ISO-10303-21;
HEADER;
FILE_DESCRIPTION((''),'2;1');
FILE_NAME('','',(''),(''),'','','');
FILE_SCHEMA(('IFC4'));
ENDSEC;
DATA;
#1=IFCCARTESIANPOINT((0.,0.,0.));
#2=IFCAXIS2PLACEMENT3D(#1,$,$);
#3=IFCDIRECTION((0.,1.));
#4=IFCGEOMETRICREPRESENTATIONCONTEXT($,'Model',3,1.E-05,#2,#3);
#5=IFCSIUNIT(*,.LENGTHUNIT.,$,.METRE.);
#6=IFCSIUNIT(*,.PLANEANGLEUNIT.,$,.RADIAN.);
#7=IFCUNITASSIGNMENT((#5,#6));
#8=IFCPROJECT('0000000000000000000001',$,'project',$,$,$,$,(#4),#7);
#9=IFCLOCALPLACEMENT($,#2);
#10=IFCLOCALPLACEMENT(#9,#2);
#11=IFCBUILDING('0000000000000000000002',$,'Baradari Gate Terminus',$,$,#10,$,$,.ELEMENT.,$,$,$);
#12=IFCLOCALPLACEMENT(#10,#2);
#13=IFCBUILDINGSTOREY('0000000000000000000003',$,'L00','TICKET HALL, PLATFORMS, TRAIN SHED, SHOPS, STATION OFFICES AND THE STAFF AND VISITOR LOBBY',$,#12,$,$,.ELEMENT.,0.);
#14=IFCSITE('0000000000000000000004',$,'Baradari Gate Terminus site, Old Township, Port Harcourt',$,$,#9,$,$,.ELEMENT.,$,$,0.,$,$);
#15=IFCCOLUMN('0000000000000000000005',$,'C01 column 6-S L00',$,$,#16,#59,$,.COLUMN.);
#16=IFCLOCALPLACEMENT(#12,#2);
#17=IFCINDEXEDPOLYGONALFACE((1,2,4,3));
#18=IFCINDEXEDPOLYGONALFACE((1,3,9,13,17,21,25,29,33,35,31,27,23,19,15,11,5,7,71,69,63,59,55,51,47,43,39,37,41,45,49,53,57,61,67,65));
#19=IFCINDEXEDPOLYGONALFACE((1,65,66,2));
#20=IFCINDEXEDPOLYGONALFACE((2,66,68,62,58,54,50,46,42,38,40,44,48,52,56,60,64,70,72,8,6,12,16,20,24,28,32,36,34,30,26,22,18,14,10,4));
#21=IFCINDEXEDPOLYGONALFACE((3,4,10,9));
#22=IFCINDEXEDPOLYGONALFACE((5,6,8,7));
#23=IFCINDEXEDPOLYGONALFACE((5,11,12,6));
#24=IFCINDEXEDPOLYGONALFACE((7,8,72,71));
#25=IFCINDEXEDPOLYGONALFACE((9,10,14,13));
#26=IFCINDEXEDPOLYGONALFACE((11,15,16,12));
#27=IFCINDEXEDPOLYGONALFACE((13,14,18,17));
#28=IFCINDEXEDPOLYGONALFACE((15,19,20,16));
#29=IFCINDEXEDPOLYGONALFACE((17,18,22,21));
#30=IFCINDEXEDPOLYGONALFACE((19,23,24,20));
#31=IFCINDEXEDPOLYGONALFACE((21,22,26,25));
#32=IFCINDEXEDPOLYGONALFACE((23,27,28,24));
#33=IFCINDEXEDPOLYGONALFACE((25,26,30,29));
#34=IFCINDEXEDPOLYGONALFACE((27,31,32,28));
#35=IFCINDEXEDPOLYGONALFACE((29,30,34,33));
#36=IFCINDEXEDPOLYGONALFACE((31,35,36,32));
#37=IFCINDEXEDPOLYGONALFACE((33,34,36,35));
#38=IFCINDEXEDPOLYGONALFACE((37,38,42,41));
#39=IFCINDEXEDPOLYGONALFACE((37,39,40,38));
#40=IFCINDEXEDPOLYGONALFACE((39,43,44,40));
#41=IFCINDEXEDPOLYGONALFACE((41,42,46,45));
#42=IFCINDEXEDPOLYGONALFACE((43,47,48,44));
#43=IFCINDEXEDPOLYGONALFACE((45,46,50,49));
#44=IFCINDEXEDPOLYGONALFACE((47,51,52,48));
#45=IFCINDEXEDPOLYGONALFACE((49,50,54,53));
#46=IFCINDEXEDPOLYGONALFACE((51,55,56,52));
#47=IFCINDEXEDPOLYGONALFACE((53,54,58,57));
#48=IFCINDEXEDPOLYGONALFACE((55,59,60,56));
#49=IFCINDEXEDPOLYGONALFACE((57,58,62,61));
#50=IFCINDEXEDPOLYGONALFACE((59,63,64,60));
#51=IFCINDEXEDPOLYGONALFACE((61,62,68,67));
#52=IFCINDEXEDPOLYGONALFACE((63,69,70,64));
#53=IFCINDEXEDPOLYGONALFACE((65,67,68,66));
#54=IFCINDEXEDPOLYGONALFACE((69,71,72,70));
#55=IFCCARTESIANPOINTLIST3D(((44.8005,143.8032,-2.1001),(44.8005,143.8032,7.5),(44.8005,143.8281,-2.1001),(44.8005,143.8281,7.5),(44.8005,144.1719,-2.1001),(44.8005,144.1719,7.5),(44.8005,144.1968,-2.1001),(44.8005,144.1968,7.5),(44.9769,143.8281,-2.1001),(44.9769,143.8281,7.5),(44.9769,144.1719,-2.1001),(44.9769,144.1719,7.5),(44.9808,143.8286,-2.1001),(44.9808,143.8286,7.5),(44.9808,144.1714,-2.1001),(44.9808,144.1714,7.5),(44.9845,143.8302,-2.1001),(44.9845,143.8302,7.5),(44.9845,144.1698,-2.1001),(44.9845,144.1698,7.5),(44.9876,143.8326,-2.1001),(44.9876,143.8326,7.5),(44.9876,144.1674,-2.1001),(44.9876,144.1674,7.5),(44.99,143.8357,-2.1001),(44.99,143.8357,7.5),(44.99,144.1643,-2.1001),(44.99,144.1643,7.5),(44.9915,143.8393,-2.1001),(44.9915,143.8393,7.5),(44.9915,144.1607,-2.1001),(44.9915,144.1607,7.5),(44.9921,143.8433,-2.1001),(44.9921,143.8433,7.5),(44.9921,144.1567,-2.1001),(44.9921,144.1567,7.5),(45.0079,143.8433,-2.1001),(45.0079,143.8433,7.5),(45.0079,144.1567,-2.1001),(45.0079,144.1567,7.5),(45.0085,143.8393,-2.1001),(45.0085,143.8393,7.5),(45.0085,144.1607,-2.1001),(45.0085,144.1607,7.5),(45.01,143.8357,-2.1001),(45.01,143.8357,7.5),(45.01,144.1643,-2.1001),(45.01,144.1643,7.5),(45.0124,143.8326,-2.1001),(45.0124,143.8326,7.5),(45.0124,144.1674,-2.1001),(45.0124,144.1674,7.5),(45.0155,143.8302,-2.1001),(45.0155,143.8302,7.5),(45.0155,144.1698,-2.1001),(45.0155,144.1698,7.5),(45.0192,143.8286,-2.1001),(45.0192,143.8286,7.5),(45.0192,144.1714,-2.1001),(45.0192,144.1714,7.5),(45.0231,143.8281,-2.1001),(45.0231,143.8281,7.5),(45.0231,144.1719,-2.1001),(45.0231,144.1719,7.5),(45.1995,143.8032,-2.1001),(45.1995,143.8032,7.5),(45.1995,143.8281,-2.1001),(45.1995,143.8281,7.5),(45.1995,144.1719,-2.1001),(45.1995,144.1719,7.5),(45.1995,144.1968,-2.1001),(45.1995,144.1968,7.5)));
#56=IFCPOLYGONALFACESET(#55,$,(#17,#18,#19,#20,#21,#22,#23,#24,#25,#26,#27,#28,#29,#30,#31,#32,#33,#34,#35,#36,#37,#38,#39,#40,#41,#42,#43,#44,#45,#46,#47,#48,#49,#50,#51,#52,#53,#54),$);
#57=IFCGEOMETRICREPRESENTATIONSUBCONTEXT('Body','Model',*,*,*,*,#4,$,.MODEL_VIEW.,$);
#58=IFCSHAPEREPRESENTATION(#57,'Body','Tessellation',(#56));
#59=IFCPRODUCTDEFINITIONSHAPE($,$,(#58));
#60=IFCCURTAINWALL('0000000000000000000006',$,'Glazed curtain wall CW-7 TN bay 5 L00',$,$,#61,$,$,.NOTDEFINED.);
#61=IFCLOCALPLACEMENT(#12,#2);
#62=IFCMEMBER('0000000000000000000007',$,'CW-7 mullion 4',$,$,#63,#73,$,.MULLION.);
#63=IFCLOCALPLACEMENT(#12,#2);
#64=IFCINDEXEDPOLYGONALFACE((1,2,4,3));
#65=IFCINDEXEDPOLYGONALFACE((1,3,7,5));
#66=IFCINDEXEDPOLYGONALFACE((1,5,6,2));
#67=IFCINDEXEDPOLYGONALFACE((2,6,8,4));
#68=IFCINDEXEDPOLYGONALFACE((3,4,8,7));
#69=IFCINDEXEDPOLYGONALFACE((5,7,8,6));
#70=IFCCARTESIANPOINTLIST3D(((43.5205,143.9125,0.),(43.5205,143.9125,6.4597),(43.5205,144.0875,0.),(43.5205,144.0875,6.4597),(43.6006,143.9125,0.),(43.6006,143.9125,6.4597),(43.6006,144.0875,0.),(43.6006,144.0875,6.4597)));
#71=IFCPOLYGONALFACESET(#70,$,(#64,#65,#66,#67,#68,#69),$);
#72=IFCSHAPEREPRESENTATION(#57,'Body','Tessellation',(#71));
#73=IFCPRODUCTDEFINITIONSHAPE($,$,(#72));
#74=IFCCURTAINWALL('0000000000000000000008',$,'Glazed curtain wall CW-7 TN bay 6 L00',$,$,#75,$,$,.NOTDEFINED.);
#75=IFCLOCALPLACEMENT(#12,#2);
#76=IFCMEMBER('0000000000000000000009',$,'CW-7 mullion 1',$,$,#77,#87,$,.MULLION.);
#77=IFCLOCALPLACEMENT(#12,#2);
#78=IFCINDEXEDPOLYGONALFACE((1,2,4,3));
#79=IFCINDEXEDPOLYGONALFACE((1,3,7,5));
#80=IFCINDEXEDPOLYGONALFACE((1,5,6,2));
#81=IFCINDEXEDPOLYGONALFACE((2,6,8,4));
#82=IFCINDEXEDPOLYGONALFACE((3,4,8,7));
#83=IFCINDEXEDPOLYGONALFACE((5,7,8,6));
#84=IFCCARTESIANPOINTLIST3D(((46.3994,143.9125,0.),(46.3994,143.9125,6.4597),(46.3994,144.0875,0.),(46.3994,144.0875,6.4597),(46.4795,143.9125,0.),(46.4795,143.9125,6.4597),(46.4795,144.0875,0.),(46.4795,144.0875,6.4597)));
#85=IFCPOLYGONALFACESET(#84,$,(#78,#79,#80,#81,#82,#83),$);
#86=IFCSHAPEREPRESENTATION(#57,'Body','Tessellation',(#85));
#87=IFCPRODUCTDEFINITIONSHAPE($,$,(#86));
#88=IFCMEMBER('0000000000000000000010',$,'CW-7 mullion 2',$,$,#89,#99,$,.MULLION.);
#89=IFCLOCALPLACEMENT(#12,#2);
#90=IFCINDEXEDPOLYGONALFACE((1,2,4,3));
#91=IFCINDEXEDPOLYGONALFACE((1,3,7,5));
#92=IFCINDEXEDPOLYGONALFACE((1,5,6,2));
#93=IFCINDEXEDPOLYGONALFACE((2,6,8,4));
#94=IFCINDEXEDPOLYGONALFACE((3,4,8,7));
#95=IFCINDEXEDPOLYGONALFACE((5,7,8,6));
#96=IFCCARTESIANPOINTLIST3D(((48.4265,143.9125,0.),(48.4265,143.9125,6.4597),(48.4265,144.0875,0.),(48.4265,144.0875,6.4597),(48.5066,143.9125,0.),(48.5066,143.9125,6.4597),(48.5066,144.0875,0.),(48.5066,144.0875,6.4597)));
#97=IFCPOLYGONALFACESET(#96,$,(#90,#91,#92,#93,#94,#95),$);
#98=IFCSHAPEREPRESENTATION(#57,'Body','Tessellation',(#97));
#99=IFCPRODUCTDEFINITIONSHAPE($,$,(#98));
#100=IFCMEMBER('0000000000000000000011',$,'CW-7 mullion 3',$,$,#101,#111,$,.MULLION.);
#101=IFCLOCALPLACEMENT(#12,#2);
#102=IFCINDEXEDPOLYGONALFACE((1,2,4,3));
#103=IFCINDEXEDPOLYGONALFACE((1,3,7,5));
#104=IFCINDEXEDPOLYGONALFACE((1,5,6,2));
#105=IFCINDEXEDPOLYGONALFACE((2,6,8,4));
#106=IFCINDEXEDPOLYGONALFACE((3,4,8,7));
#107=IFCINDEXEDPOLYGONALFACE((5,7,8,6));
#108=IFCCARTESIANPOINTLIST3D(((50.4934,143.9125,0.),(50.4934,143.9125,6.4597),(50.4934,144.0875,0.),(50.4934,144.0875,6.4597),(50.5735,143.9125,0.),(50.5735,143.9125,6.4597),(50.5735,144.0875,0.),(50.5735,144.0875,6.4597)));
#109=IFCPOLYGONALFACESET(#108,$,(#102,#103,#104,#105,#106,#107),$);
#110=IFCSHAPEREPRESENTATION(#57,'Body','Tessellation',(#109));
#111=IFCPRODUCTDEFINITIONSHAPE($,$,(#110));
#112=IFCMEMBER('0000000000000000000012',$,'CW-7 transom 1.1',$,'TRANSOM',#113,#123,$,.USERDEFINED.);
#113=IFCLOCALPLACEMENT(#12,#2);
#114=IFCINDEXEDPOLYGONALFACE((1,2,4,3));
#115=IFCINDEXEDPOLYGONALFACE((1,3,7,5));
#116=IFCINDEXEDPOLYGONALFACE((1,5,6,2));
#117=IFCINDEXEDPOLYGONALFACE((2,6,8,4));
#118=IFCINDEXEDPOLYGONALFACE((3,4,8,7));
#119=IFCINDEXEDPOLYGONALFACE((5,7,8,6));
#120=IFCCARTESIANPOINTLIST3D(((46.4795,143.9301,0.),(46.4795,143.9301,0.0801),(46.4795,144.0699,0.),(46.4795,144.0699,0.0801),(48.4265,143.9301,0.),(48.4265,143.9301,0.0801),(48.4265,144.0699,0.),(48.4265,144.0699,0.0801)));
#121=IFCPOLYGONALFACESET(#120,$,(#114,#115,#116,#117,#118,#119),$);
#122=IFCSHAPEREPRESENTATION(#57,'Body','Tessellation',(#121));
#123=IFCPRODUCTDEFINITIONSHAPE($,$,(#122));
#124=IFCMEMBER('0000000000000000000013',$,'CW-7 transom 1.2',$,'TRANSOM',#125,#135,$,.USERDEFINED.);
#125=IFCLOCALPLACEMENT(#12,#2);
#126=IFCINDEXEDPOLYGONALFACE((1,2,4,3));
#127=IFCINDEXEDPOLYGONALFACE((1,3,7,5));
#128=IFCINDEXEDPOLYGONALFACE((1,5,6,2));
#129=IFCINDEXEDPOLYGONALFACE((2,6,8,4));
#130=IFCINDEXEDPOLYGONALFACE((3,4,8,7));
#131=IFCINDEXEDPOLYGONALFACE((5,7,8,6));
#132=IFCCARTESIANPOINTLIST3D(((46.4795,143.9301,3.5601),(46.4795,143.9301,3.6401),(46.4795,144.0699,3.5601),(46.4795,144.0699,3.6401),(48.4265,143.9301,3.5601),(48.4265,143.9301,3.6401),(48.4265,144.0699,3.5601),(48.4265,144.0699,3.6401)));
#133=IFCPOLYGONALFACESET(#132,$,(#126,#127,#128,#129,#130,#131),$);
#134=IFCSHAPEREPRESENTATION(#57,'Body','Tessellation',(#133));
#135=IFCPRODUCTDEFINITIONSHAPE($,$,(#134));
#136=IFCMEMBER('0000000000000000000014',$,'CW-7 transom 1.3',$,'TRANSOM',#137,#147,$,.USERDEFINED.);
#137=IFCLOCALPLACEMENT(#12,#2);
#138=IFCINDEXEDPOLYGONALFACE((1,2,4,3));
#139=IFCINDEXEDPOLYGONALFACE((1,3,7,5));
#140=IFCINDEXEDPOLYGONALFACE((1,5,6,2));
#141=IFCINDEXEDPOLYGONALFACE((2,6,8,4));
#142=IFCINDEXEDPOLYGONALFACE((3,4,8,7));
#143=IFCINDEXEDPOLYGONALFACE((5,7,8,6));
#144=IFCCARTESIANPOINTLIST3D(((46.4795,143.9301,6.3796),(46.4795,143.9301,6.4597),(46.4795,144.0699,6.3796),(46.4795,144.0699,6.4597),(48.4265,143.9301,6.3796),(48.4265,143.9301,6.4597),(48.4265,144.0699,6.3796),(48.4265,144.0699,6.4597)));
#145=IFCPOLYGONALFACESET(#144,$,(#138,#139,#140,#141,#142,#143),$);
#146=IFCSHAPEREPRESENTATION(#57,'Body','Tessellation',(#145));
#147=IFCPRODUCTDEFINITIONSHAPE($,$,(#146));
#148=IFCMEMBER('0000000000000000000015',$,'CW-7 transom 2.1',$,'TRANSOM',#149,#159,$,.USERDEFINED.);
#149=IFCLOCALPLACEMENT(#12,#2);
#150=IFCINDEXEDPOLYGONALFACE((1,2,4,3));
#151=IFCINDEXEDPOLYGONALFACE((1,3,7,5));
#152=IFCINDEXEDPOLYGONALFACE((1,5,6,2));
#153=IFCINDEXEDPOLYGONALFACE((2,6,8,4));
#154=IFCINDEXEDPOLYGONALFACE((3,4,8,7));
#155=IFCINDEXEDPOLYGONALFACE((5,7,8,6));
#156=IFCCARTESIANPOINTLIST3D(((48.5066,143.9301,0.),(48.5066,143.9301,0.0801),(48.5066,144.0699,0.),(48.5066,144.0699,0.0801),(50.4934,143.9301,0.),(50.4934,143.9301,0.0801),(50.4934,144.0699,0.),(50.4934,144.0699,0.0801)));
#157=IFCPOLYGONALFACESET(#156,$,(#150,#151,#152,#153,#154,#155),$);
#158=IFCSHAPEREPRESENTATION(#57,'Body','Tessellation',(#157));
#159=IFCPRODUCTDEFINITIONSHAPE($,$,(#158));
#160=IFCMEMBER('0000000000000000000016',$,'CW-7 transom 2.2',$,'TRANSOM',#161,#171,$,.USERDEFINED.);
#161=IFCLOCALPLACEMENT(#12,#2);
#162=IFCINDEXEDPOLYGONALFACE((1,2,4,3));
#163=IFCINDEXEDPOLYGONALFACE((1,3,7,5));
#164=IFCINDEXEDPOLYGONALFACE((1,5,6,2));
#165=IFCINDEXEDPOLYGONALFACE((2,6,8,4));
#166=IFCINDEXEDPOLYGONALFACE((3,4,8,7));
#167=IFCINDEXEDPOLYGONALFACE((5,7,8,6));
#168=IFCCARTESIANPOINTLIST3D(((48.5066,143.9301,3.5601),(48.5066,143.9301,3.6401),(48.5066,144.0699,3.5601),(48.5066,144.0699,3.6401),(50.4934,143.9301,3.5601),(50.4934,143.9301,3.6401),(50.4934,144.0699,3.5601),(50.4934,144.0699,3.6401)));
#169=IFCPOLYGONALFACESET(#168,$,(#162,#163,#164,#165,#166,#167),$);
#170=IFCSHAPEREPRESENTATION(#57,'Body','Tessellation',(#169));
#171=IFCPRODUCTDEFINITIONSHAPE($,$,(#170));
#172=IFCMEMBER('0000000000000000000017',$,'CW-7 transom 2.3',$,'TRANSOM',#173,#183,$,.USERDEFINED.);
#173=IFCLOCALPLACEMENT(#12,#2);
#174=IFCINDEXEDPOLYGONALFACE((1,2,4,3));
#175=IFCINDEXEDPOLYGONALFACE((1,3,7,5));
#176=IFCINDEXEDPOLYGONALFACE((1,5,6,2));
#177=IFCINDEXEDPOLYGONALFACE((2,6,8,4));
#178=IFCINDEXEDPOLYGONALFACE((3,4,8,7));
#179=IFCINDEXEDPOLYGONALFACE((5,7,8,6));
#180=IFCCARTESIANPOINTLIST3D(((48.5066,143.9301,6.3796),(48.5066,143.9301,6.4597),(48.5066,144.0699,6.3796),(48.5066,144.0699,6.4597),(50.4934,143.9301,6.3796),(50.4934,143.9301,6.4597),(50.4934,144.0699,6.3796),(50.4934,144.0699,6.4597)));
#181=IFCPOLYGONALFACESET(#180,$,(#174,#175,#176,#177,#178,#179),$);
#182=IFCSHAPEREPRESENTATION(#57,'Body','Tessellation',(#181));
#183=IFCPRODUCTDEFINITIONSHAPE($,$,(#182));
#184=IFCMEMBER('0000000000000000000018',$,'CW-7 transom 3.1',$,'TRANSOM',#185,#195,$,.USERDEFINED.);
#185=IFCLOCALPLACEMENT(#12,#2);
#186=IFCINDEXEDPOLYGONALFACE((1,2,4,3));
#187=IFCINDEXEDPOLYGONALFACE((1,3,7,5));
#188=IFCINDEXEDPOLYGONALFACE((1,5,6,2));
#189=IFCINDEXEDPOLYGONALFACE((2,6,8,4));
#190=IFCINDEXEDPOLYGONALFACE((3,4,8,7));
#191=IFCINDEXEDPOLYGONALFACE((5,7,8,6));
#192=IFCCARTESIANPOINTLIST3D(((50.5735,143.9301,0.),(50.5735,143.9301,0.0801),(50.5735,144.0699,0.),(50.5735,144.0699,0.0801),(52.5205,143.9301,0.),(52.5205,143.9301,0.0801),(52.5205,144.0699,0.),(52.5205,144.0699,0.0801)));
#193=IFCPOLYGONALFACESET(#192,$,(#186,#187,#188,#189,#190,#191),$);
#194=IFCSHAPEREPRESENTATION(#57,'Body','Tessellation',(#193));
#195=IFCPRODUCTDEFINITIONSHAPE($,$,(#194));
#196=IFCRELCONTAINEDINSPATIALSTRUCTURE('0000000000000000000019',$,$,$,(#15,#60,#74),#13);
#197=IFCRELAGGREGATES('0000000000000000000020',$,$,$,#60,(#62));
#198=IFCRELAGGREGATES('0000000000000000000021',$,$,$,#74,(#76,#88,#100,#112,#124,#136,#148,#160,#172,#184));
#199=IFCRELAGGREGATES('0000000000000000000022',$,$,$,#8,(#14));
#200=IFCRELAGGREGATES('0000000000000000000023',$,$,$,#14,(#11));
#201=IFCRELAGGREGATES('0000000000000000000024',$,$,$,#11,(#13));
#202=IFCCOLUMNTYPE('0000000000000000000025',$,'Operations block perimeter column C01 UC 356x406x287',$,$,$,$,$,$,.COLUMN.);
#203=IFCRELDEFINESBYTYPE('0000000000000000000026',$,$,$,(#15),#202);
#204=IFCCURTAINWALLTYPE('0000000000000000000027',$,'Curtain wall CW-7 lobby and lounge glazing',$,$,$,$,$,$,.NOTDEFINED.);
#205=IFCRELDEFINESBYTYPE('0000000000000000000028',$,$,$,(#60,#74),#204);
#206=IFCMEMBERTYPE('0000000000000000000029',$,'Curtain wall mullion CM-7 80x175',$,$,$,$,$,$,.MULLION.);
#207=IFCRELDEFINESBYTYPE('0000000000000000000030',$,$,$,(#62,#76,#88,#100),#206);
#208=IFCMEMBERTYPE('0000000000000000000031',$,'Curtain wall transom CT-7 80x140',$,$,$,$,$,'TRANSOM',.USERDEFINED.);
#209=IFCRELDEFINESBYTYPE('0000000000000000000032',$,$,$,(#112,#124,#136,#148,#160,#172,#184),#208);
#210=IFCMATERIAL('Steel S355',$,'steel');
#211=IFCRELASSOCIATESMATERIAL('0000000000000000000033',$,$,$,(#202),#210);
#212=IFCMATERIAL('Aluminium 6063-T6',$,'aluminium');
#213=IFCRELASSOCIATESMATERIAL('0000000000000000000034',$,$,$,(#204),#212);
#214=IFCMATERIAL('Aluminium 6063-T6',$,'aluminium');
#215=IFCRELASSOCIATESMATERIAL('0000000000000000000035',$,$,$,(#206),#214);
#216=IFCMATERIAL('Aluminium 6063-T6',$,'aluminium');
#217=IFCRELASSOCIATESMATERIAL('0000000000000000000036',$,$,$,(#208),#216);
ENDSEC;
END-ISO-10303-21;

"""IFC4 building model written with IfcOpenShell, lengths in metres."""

from ifc_helpers import new_model, si_unit, direction, frame, origin, origin_2d, place, context, subcontext, project, spatial, rectangle, i_section, extrude, material, material_profile, profile_set, type_object, element, aggregate, save


model = new_model("IFC4")

# Units and contexts
model_context = context("Model", 3, precision=1e-05, world=origin(), true_north=direction((0.0, 1.0)))
body_context = subcontext(model_context, "Body", "Model", "MODEL_VIEW")
ifc_project = project(units=[si_unit("LENGTHUNIT", "METRE"), si_unit("PLANEANGLEUNIT", "RADIAN")], contexts=[model_context])

# Site, building, storey
site_placement = place(None, origin())
site = spatial("IfcSite", under=ifc_project, at=site_placement, Name="Baradari Gate Terminus site, Old Township, Port Harcourt", CompositionType="ELEMENT", RefElevation=0.0)
building_placement = place(site_placement, origin())
building = spatial("IfcBuilding", under=site, at=building_placement, Name="Baradari Gate Terminus", CompositionType="ELEMENT")
storey_placement = place(building_placement, origin())
storey = spatial("IfcBuildingStorey", under=building, at=storey_placement, Name="L00", Description="TICKET HALL, PLATFORMS, TRAIN SHED, SHOPS, STATION OFFICES AND THE STAFF AND VISITOR LOBBY", CompositionType="ELEMENT", Elevation=0.0)

# Column
ifc_material_1 = material(Name="Steel S355", Category="steel")
ifc_material_profile_1 = material_profile(ifc_material_1, i_section(OverallWidth=0.3989, OverallDepth=0.3936, WebThickness=0.0159, FlangeThickness=0.0249, FilletRadius=0.0151, at=origin_2d()), Name="UC 356x406x287")
ifc_profile_set_1 = profile_set([ifc_material_profile_1], Name="Steel S355")
column_type = type_object("IfcColumnType", Name="Operations block perimeter column C01 UC 356x406x287", PredefinedType="COLUMN", material=ifc_profile_set_1)
column_placement = place(storey_placement, frame((45.0, 144.0, -2.1001), z_axis=(0.0, 0.0, 1.0), x_axis=(1.0, 0.0, 0.0)))
element("IfcColumn", 1, at=column_placement, inside=storey, type_object=column_type, Name="C01 column 6-S L00", PredefinedType="COLUMN", context=body_context, shape_type="SweptSolid", body=[
    extrude(i_section(OverallWidth=0.3989, OverallDepth=0.3936, WebThickness=0.0159, FlangeThickness=0.0249, FilletRadius=0.0151, at=origin_2d()), origin(), (0.0, 0.0, 1.0), 9.6001),
])

# Curtain wall, member
ifc_material_2 = material(Name="Aluminium 6063-T6", Category="aluminium")
curtain_wall_type = type_object("IfcCurtainWallType", Name="Curtain wall CW-7 lobby and lounge glazing", PredefinedType="NOTDEFINED", material=ifc_material_2)
curtain_wall_1_placement = place(storey_placement, origin())
curtain_wall_1 = element("IfcCurtainWall", 2, at=curtain_wall_1_placement, inside=storey, type_object=curtain_wall_type, Name="Glazed curtain wall CW-7 TN bay 5 L00", PredefinedType="NOTDEFINED")
ifc_material_3 = material(Name="Aluminium 6063-T6", Category="aluminium")
ifc_material_profile_2 = material_profile(ifc_material_3, rectangle(XDim=0.175, YDim=0.0801, at=origin_2d()), Name="CM-7 80X175")
ifc_profile_set_2 = profile_set([ifc_material_profile_2], Name="Aluminium 6063-T6")
member_type_1 = type_object("IfcMemberType", Name="Curtain wall mullion CM-7 80x175", PredefinedType="MULLION", material=ifc_profile_set_2)
member_1_placement = place(storey_placement, frame((43.5605, 144.0, 0.0), z_axis=(0.0, 0.0, 1.0), x_axis=(0.0, 1.0, 0.0)))
member_1 = element("IfcMember", 3, at=member_1_placement, type_object=member_type_1, Name="CW-7 mullion 4", PredefinedType="MULLION", context=body_context, shape_type="SweptSolid", body=[
    extrude(rectangle(XDim=0.175, YDim=0.0801, at=origin_2d()), origin(), (0.0, 0.0, 1.0), 6.4597),
])
aggregate(curtain_wall_1, [member_1])

# Curtain wall, members
curtain_wall_2_placement = place(storey_placement, origin())
curtain_wall_2 = element("IfcCurtainWall", 4, at=curtain_wall_2_placement, inside=storey, type_object=curtain_wall_type, Name="Glazed curtain wall CW-7 TN bay 6 L00", PredefinedType="NOTDEFINED")
member_2_placement = place(storey_placement, frame((46.4395, 144.0, 0.0), z_axis=(0.0, 0.0, 1.0), x_axis=(0.0, 1.0, 0.0)))
member_2 = element("IfcMember", 5, at=member_2_placement, type_object=member_type_1, Name="CW-7 mullion 1", PredefinedType="MULLION", context=body_context, shape_type="SweptSolid", body=[
    extrude(rectangle(XDim=0.175, YDim=0.0801, at=origin_2d()), origin(), (0.0, 0.0, 1.0), 6.4597),
])
member_3_placement = place(storey_placement, frame((48.4666, 144.0, 0.0), z_axis=(0.0, 0.0, 1.0), x_axis=(0.0, 1.0, 0.0)))
member_3 = element("IfcMember", 6, at=member_3_placement, type_object=member_type_1, Name="CW-7 mullion 2", PredefinedType="MULLION", context=body_context, shape_type="SweptSolid", body=[
    extrude(rectangle(XDim=0.175, YDim=0.0801, at=origin_2d()), origin(), (0.0, 0.0, 1.0), 6.4597),
])
member_4_placement = place(storey_placement, frame((50.5334, 144.0, 0.0), z_axis=(0.0, 0.0, 1.0), x_axis=(0.0, 1.0, 0.0)))
member_4 = element("IfcMember", 7, at=member_4_placement, type_object=member_type_1, Name="CW-7 mullion 3", PredefinedType="MULLION", context=body_context, shape_type="SweptSolid", body=[
    extrude(rectangle(XDim=0.175, YDim=0.0801, at=origin_2d()), origin(), (0.0, 0.0, 1.0), 6.4597),
])
ifc_material_4 = material(Name="Aluminium 6063-T6", Category="aluminium")
ifc_material_profile_3 = material_profile(ifc_material_4, rectangle(XDim=0.1399, YDim=0.0801, at=origin_2d()), Name="CT-7 80X140")
ifc_profile_set_3 = profile_set([ifc_material_profile_3], Name="Aluminium 6063-T6")
member_type_2 = type_object("IfcMemberType", Name="Curtain wall transom CT-7 80x140", ElementType="TRANSOM", PredefinedType="USERDEFINED", material=ifc_profile_set_3)
member_5_placement = place(storey_placement, frame((46.4795, 144.0, 0.04), z_axis=(1.0, 0.0, 0.0), x_axis=(0.0, 1.0, 0.0)))
member_5 = element("IfcMember", 8, at=member_5_placement, type_object=member_type_2, Name="CW-7 transom 1.1", ObjectType="TRANSOM", PredefinedType="USERDEFINED", context=body_context, shape_type="SweptSolid", body=[
    extrude(rectangle(XDim=0.1399, YDim=0.0801, at=origin_2d()), origin(), (0.0, 0.0, 1.0), 1.947),
])
member_6_placement = place(storey_placement, frame((46.4795, 144.0, 3.6001), z_axis=(1.0, 0.0, 0.0), x_axis=(0.0, 1.0, 0.0)))
member_6 = element("IfcMember", 9, at=member_6_placement, type_object=member_type_2, Name="CW-7 transom 1.2", ObjectType="TRANSOM", PredefinedType="USERDEFINED", context=body_context, shape_type="SweptSolid", body=[
    extrude(rectangle(XDim=0.1399, YDim=0.0801, at=origin_2d()), origin(), (0.0, 0.0, 1.0), 1.947),
])
member_7_placement = place(storey_placement, frame((46.4795, 144.0, 6.4197), z_axis=(1.0, 0.0, 0.0), x_axis=(0.0, 1.0, 0.0)))
member_7 = element("IfcMember", 10, at=member_7_placement, type_object=member_type_2, Name="CW-7 transom 1.3", ObjectType="TRANSOM", PredefinedType="USERDEFINED", context=body_context, shape_type="SweptSolid", body=[
    extrude(rectangle(XDim=0.1399, YDim=0.0801, at=origin_2d()), origin(), (0.0, 0.0, 1.0), 1.947),
])
member_8_placement = place(storey_placement, frame((48.5066, 144.0, 0.04), z_axis=(1.0, 0.0, 0.0), x_axis=(0.0, 1.0, 0.0)))
member_8 = element("IfcMember", 11, at=member_8_placement, type_object=member_type_2, Name="CW-7 transom 2.1", ObjectType="TRANSOM", PredefinedType="USERDEFINED", context=body_context, shape_type="SweptSolid", body=[
    extrude(rectangle(XDim=0.1399, YDim=0.0801, at=origin_2d()), origin(), (0.0, 0.0, 1.0), 1.9868),
])
member_9_placement = place(storey_placement, frame((48.5066, 144.0, 3.6001), z_axis=(1.0, 0.0, 0.0), x_axis=(0.0, 1.0, 0.0)))
member_9 = element("IfcMember", 12, at=member_9_placement, type_object=member_type_2, Name="CW-7 transom 2.2", ObjectType="TRANSOM", PredefinedType="USERDEFINED", context=body_context, shape_type="SweptSolid", body=[
    extrude(rectangle(XDim=0.1399, YDim=0.0801, at=origin_2d()), origin(), (0.0, 0.0, 1.0), 1.9868),
])
member_10_placement = place(storey_placement, frame((48.5066, 144.0, 6.4197), z_axis=(1.0, 0.0, 0.0), x_axis=(0.0, 1.0, 0.0)))
member_10 = element("IfcMember", 13, at=member_10_placement, type_object=member_type_2, Name="CW-7 transom 2.3", ObjectType="TRANSOM", PredefinedType="USERDEFINED", context=body_context, shape_type="SweptSolid", body=[
    extrude(rectangle(XDim=0.1399, YDim=0.0801, at=origin_2d()), origin(), (0.0, 0.0, 1.0), 1.9868),
])
member_11_placement = place(storey_placement, frame((50.5735, 144.0, 0.04), z_axis=(1.0, 0.0, 0.0), x_axis=(0.0, 1.0, 0.0)))
member_11 = element("IfcMember", 14, at=member_11_placement, type_object=member_type_2, Name="CW-7 transom 3.1", ObjectType="TRANSOM", PredefinedType="USERDEFINED", context=body_context, shape_type="SweptSolid", body=[
    extrude(rectangle(XDim=0.1399, YDim=0.0801, at=origin_2d()), origin(), (0.0, 0.0, 1.0), 1.947),
])
aggregate(curtain_wall_2, [member_2, member_3, member_4, member_5, member_6, member_7, member_8, member_9, member_10, member_11])

save(model, "model.ifc")
